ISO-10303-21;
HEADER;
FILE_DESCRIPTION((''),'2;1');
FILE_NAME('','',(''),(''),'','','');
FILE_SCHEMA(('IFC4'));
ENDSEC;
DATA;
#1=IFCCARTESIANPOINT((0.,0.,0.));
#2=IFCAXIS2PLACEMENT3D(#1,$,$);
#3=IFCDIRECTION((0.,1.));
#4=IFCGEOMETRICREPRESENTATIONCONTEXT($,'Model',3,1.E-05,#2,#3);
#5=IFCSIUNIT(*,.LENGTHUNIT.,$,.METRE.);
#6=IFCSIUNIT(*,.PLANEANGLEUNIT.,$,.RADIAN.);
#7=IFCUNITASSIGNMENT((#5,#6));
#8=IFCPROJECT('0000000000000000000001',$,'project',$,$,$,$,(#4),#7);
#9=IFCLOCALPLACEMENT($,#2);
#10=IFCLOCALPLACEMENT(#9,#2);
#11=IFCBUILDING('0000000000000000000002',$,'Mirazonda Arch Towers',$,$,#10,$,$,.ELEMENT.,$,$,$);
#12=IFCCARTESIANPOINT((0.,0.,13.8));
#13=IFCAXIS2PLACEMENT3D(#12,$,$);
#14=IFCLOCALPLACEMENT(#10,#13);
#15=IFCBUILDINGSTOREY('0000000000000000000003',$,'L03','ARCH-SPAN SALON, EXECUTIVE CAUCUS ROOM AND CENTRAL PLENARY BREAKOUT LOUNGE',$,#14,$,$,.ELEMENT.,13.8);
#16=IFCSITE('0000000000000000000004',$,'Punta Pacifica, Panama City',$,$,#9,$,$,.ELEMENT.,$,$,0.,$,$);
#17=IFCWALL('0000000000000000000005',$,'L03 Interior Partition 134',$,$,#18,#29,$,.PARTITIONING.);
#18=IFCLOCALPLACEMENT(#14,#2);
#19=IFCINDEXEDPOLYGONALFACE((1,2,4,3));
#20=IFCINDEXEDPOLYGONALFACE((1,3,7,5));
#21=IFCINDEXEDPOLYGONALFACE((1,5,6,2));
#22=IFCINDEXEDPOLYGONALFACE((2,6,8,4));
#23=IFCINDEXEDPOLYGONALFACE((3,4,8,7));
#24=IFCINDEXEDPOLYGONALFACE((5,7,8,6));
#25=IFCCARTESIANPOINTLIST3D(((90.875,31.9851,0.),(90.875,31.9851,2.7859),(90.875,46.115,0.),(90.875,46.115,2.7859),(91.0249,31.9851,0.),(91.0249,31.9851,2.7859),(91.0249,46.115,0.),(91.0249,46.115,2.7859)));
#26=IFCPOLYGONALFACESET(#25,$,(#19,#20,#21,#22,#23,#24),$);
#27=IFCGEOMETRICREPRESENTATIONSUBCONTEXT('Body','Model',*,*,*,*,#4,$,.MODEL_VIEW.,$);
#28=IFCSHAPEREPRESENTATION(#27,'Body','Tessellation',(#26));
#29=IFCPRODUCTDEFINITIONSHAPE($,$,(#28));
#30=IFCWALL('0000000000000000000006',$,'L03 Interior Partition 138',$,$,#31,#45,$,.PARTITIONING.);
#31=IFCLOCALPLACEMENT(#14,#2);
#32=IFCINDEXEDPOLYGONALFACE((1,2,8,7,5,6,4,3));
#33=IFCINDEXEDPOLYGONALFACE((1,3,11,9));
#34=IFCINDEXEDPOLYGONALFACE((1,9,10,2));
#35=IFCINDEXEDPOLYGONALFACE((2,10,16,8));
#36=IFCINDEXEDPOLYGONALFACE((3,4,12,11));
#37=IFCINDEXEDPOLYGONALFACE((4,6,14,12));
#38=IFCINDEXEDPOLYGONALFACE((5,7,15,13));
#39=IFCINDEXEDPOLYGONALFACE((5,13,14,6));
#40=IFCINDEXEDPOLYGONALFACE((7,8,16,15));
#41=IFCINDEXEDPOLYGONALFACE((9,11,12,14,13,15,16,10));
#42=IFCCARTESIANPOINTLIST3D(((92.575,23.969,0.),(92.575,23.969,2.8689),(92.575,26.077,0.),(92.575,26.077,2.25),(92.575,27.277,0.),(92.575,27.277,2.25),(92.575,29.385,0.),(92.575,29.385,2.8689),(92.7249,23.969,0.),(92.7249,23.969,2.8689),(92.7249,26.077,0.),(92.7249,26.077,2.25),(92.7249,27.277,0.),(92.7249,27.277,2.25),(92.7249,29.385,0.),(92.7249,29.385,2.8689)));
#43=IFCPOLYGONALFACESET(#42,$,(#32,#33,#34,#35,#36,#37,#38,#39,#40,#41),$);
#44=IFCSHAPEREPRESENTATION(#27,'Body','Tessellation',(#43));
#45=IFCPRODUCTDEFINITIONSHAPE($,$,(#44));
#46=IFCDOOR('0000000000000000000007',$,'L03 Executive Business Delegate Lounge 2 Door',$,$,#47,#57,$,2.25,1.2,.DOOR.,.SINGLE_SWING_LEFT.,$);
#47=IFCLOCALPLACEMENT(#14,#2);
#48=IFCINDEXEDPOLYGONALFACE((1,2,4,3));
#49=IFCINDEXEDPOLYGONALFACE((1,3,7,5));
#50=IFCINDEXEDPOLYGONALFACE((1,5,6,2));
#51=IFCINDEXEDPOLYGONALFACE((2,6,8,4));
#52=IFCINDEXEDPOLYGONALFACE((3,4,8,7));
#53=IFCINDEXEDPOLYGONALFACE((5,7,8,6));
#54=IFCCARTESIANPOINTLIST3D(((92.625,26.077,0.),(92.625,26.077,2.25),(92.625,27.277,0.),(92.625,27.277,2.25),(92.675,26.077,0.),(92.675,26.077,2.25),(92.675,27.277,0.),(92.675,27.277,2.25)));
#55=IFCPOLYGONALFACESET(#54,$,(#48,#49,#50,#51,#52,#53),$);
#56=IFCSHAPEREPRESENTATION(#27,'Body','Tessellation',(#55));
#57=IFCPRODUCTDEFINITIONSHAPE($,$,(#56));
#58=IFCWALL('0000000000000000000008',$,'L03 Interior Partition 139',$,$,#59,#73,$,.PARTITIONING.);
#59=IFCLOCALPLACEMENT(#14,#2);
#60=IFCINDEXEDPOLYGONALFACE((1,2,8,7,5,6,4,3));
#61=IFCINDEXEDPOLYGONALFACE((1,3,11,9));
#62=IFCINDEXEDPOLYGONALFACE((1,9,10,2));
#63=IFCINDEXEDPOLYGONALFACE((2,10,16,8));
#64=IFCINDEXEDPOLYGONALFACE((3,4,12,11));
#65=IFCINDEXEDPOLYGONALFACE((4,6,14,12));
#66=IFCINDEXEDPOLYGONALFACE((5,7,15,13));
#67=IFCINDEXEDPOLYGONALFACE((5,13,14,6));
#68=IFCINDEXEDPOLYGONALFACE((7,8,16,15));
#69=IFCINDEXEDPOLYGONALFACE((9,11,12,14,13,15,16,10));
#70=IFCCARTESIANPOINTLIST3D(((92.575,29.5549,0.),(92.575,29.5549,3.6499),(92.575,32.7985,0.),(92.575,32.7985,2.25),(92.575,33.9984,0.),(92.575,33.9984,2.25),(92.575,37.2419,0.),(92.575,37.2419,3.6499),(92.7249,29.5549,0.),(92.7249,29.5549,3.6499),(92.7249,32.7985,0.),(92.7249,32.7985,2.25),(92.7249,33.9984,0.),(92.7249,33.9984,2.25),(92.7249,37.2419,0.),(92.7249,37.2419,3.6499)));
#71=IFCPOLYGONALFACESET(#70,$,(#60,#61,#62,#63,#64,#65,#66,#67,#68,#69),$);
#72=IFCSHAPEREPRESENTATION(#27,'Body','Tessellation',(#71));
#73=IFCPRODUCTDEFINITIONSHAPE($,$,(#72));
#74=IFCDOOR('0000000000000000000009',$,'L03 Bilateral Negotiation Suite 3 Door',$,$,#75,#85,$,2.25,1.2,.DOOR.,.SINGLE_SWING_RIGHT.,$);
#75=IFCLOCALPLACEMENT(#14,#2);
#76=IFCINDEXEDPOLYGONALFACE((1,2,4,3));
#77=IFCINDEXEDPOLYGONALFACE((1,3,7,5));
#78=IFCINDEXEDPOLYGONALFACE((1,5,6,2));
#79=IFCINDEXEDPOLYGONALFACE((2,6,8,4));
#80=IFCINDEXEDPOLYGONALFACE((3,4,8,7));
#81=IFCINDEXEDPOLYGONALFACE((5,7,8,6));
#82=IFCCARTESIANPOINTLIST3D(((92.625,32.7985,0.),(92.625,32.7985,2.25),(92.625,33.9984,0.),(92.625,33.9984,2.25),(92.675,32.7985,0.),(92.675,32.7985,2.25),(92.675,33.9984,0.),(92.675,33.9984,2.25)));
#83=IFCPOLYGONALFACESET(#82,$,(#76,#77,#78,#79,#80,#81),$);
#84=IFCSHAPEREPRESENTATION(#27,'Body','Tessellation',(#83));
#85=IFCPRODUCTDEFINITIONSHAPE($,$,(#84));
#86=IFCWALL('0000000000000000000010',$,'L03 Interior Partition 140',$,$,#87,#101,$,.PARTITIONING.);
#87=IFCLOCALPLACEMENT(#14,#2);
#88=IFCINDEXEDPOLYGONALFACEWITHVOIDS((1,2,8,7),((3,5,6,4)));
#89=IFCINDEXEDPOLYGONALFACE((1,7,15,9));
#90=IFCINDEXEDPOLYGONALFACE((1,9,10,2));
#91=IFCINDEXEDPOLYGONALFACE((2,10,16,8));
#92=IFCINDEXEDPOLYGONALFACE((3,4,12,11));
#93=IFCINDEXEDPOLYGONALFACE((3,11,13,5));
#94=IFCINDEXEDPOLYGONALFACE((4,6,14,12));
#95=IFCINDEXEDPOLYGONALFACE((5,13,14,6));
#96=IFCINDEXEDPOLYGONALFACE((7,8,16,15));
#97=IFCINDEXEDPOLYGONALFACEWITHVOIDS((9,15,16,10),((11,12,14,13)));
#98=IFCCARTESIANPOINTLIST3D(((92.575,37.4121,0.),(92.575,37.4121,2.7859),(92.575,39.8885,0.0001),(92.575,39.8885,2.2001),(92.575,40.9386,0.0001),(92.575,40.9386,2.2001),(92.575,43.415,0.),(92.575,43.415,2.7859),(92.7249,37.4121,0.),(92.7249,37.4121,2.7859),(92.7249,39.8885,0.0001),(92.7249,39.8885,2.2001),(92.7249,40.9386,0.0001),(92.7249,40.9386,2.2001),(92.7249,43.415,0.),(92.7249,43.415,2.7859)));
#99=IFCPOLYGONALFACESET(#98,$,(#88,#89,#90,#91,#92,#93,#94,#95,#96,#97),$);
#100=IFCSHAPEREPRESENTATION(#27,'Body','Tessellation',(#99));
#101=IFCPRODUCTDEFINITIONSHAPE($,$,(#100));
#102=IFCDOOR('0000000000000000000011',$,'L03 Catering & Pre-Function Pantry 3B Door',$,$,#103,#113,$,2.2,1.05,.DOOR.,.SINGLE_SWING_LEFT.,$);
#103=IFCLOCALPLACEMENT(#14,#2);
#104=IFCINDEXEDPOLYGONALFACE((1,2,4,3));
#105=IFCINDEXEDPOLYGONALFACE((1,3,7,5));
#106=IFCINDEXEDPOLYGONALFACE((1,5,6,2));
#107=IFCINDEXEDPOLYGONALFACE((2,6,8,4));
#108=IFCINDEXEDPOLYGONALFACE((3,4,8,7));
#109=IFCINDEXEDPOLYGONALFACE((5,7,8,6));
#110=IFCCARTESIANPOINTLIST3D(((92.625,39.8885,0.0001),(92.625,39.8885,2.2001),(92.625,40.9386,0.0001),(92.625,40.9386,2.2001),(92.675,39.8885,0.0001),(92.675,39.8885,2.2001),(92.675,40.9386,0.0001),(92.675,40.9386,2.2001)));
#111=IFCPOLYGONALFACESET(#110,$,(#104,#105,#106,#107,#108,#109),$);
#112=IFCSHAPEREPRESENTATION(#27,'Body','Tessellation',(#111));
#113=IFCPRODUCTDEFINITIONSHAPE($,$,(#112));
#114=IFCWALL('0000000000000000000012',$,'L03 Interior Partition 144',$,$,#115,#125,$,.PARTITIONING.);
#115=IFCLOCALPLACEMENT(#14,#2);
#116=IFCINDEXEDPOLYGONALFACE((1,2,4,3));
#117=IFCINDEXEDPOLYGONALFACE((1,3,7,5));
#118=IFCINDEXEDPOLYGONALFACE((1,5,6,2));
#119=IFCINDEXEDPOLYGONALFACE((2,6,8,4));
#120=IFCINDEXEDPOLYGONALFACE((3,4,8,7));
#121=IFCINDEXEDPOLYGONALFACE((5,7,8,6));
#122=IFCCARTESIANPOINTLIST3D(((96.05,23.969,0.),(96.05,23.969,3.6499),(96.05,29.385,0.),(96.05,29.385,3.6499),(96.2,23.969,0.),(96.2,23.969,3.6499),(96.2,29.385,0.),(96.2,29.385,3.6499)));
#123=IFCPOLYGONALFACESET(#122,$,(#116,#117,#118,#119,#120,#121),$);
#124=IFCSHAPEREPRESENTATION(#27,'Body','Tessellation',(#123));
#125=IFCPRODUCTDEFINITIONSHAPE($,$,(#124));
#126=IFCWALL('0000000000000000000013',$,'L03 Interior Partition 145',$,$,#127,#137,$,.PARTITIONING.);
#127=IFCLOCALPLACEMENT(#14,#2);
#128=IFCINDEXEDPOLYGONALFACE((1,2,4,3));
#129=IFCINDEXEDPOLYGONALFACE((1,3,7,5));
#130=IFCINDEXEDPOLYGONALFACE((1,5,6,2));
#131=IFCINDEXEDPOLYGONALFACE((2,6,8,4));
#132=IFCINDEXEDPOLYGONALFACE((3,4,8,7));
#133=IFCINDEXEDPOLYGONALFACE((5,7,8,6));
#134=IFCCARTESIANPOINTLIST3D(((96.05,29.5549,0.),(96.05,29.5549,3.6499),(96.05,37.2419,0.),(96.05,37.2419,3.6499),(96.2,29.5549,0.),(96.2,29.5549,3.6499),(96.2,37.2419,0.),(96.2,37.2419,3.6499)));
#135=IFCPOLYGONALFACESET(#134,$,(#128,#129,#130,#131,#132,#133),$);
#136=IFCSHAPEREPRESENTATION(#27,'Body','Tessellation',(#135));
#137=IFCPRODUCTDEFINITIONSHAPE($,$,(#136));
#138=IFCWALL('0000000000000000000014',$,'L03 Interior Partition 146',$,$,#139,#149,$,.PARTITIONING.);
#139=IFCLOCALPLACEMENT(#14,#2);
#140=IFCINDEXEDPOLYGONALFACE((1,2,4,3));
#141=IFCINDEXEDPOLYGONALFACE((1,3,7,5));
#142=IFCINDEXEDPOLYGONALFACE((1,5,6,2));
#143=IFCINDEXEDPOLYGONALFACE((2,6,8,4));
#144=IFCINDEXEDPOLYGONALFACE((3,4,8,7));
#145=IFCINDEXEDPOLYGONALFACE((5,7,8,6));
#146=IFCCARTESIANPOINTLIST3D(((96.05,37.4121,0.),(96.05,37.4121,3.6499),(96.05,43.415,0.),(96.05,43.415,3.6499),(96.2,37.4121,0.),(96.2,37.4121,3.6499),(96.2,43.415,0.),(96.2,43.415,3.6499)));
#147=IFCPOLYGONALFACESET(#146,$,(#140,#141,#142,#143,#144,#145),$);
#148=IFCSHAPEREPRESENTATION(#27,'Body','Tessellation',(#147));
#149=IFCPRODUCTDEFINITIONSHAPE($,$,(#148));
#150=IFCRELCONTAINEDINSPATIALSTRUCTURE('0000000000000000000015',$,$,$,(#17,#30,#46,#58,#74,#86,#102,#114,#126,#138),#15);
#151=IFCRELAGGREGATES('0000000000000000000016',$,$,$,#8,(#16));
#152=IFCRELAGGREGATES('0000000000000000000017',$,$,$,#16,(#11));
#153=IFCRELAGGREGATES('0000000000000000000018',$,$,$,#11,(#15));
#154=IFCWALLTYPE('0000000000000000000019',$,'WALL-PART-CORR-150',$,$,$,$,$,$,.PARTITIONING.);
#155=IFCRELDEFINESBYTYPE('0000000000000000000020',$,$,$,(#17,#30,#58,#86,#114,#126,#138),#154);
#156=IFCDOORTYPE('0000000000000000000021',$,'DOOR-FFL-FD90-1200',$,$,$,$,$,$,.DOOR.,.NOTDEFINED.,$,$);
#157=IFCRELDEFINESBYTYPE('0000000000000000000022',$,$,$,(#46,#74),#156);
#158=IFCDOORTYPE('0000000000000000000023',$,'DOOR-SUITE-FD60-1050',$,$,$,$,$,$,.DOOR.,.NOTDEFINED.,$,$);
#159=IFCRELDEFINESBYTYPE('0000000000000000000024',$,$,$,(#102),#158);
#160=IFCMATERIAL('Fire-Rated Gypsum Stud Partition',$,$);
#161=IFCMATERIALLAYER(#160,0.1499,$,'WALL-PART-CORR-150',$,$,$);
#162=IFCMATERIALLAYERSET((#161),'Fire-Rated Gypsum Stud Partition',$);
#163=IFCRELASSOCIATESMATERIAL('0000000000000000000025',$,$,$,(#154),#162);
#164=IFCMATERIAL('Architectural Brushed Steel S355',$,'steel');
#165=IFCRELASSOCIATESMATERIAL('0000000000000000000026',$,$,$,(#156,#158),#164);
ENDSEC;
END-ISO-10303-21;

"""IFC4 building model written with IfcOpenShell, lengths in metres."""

from ifc_helpers import new_model, si_unit, direction, frame, frame_2d, origin, place, context, subcontext, project, spatial, rectangle, extrude, material, layer, layer_set, type_object, element, fill, save


model = new_model("IFC4")

# Units and contexts
model_context = context("Model", 3, precision=1e-05, world=origin(), true_north=direction((0.0, 1.0)))
body_context = subcontext(model_context, "Body", "Model", "MODEL_VIEW")
ifc_project = project(units=[si_unit("LENGTHUNIT", "METRE"), si_unit("PLANEANGLEUNIT", "RADIAN")], contexts=[model_context])

# Site, building, storey
site_placement = place(None, origin())
site = spatial("IfcSite", under=ifc_project, at=site_placement, Name="Punta Pacifica, Panama City", CompositionType="ELEMENT", RefElevation=0.0)
building_placement = place(site_placement, origin())
building = spatial("IfcBuilding", under=site, at=building_placement, Name="Mirazonda Arch Towers", CompositionType="ELEMENT")
storey_placement = place(building_placement, frame((0.0, 0.0, 13.8)))
storey = spatial("IfcBuildingStorey", under=building, at=storey_placement, Name="L03", Description="ARCH-SPAN SALON, EXECUTIVE CAUCUS ROOM AND CENTRAL PLENARY BREAKOUT LOUNGE", CompositionType="ELEMENT", Elevation=13.8)

# Wall
ifc_material_1 = material(Name="Fire-Rated Gypsum Stud Partition")
ifc_layer = layer(ifc_material_1, 0.1499, Name="WALL-PART-CORR-150")
ifc_layer_set = layer_set([ifc_layer], Name="Fire-Rated Gypsum Stud Partition")
wall_type = type_object("IfcWallType", Name="WALL-PART-CORR-150", PredefinedType="PARTITIONING", material=ifc_layer_set)
wall_1_placement = place(storey_placement, frame((90.95, 31.9851, 0.0), z_axis=(0.0, 0.0, 1.0), x_axis=(0.0, 1.0, 0.0)))
element("IfcWall", 1, at=wall_1_placement, inside=storey, type_object=wall_type, Name="L03 Interior Partition 134", PredefinedType="PARTITIONING", context=body_context, shape_type="SweptSolid", body=[
    extrude(rectangle(XDim=14.1299, YDim=0.1499, at=frame_2d((7.0649, 0.0))), origin(), (0.0, 0.0, 1.0), 2.7859),
])

# Walls, openings, doors
wall_2_placement = place(storey_placement, frame((92.6499, 23.969, 0.0), z_axis=(0.0, 0.0, 1.0), x_axis=(0.0, 1.0, 0.0)))
wall_2 = element("IfcWall", 2, at=wall_2_placement, inside=storey, type_object=wall_type, Name="L03 Interior Partition 138", PredefinedType="PARTITIONING", context=body_context, shape_type="SweptSolid", body=[
    extrude(rectangle(XDim=5.416, YDim=0.1499, at=frame_2d((2.708, 0.0))), origin(), (0.0, 0.0, 1.0), 2.8689),
])
opening_1_placement = place(wall_2_placement, frame((2.1079, 0.0, 0.0)))
opening_1 = element("IfcOpeningElement", 3, at=opening_1_placement, cuts=wall_2, PredefinedType="OPENING", context=body_context, shape_type="SweptSolid", body=[
    extrude(rectangle(XDim=1.2, YDim=2.25, at=frame_2d((0.6001, 1.125))), frame((0.0, 0.085, 0.0), z_axis=(0.0, -1.0, 0.0), x_axis=(1.0, 0.0, 0.0)), (0.0, 0.0, 1.0), 0.1699),
])
ifc_material_2 = material(Name="Architectural Brushed Steel S355", Category="steel")
door_type_1 = type_object("IfcDoorType", Name="DOOR-FFL-FD90-1200", OperationType="NOTDEFINED", PredefinedType="DOOR", material=ifc_material_2)
door_1_placement = place(opening_1_placement, origin())
door_1 = element("IfcDoor", 4, at=door_1_placement, inside=storey, type_object=door_type_1, Name="L03 Executive Business Delegate Lounge 2 Door", OperationType="SINGLE_SWING_LEFT", OverallHeight=2.25, OverallWidth=1.2, PredefinedType="DOOR", context=body_context, shape_type="SweptSolid", body=[
    extrude(rectangle(XDim=1.2, YDim=2.25, at=frame_2d((0.6001, 1.125))), frame((0.0, 0.0249, 0.0), z_axis=(0.0, -1.0, 0.0), x_axis=(1.0, 0.0, 0.0)), (0.0, 0.0, 1.0), 0.05),
])
fill(opening_1, door_1)
wall_3_placement = place(storey_placement, frame((92.6499, 29.5549, 0.0), z_axis=(0.0, 0.0, 1.0), x_axis=(0.0, 1.0, 0.0)))
wall_3 = element("IfcWall", 5, at=wall_3_placement, inside=storey, type_object=wall_type, Name="L03 Interior Partition 139", PredefinedType="PARTITIONING", context=body_context, shape_type="SweptSolid", body=[
    extrude(rectangle(XDim=7.687, YDim=0.1499, at=frame_2d((3.8435, 0.0))), origin(), (0.0, 0.0, 1.0), 3.6499),
])
opening_2_placement = place(wall_3_placement, frame((3.2434, 0.0, 0.0)))
opening_2 = element("IfcOpeningElement", 6, at=opening_2_placement, cuts=wall_3, PredefinedType="OPENING", context=body_context, shape_type="SweptSolid", body=[
    extrude(rectangle(XDim=1.2, YDim=2.25, at=frame_2d((0.6001, 1.125))), frame((0.0, 0.085, 0.0), z_axis=(0.0, -1.0, 0.0), x_axis=(1.0, 0.0, 0.0)), (0.0, 0.0, 1.0), 0.1699),
])
door_2_placement = place(opening_2_placement, origin())
door_2 = element("IfcDoor", 7, at=door_2_placement, inside=storey, type_object=door_type_1, Name="L03 Bilateral Negotiation Suite 3 Door", OperationType="SINGLE_SWING_RIGHT", OverallHeight=2.25, OverallWidth=1.2, PredefinedType="DOOR", context=body_context, shape_type="SweptSolid", body=[
    extrude(rectangle(XDim=1.2, YDim=2.25, at=frame_2d((0.6001, 1.125))), frame((0.0, 0.0249, 0.0), z_axis=(0.0, -1.0, 0.0), x_axis=(1.0, 0.0, 0.0)), (0.0, 0.0, 1.0), 0.05),
])
fill(opening_2, door_2)
wall_4_placement = place(storey_placement, frame((92.6499, 37.4121, 0.0), z_axis=(0.0, 0.0, 1.0), x_axis=(0.0, 1.0, 0.0)))
wall_4 = element("IfcWall", 8, at=wall_4_placement, inside=storey, type_object=wall_type, Name="L03 Interior Partition 140", PredefinedType="PARTITIONING", context=body_context, shape_type="SweptSolid", body=[
    extrude(rectangle(XDim=6.0029, YDim=0.1499, at=frame_2d((3.0015, 0.0))), origin(), (0.0, 0.0, 1.0), 2.7859),
])
opening_3_placement = place(wall_4_placement, frame((2.4766, 0.0, 0.0)))
opening_3 = element("IfcOpeningElement", 9, at=opening_3_placement, cuts=wall_4, PredefinedType="OPENING", context=body_context, shape_type="SweptSolid", body=[
    extrude(rectangle(XDim=1.05, YDim=2.2, at=frame_2d((0.5249, 1.1001))), frame((0.0, 0.085, 0.0), z_axis=(0.0, -1.0, 0.0), x_axis=(1.0, 0.0, 0.0)), (0.0, 0.0, 1.0), 0.1699),
])
door_type_2 = type_object("IfcDoorType", Name="DOOR-SUITE-FD60-1050", OperationType="NOTDEFINED", PredefinedType="DOOR", material=ifc_material_2)
door_3_placement = place(opening_3_placement, origin())
door_3 = element("IfcDoor", 10, at=door_3_placement, inside=storey, type_object=door_type_2, Name="L03 Catering & Pre-Function Pantry 3B Door", OperationType="SINGLE_SWING_LEFT", OverallHeight=2.2, OverallWidth=1.05, PredefinedType="DOOR", context=body_context, shape_type="SweptSolid", body=[
    extrude(rectangle(XDim=1.05, YDim=2.2, at=frame_2d((0.5249, 1.1001))), frame((0.0, 0.0249, 0.0), z_axis=(0.0, -1.0, 0.0), x_axis=(1.0, 0.0, 0.0)), (0.0, 0.0, 1.0), 0.05),
])
fill(opening_3, door_3)

# Walls
wall_5_placement = place(storey_placement, frame((96.125, 23.969, 0.0), z_axis=(0.0, 0.0, 1.0), x_axis=(0.0, 1.0, 0.0)))
element("IfcWall", 11, at=wall_5_placement, inside=storey, type_object=wall_type, Name="L03 Interior Partition 144", PredefinedType="PARTITIONING", context=body_context, shape_type="SweptSolid", body=[
    extrude(rectangle(XDim=5.416, YDim=0.1499, at=frame_2d((2.708, 0.0))), origin(), (0.0, 0.0, 1.0), 3.6499),
])
wall_6_placement = place(storey_placement, frame((96.125, 29.5549, 0.0), z_axis=(0.0, 0.0, 1.0), x_axis=(0.0, 1.0, 0.0)))
element("IfcWall", 12, at=wall_6_placement, inside=storey, type_object=wall_type, Name="L03 Interior Partition 145", PredefinedType="PARTITIONING", context=body_context, shape_type="SweptSolid", body=[
    extrude(rectangle(XDim=7.687, YDim=0.1499, at=frame_2d((3.8435, 0.0))), origin(), (0.0, 0.0, 1.0), 3.6499),
])
wall_7_placement = place(storey_placement, frame((96.125, 37.4121, 0.0), z_axis=(0.0, 0.0, 1.0), x_axis=(0.0, 1.0, 0.0)))
element("IfcWall", 13, at=wall_7_placement, inside=storey, type_object=wall_type, Name="L03 Interior Partition 146", PredefinedType="PARTITIONING", context=body_context, shape_type="SweptSolid", body=[
    extrude(rectangle(XDim=6.0029, YDim=0.1499, at=frame_2d((3.0015, 0.0))), origin(), (0.0, 0.0, 1.0), 3.6499),
])

save(model, "model.ifc")
